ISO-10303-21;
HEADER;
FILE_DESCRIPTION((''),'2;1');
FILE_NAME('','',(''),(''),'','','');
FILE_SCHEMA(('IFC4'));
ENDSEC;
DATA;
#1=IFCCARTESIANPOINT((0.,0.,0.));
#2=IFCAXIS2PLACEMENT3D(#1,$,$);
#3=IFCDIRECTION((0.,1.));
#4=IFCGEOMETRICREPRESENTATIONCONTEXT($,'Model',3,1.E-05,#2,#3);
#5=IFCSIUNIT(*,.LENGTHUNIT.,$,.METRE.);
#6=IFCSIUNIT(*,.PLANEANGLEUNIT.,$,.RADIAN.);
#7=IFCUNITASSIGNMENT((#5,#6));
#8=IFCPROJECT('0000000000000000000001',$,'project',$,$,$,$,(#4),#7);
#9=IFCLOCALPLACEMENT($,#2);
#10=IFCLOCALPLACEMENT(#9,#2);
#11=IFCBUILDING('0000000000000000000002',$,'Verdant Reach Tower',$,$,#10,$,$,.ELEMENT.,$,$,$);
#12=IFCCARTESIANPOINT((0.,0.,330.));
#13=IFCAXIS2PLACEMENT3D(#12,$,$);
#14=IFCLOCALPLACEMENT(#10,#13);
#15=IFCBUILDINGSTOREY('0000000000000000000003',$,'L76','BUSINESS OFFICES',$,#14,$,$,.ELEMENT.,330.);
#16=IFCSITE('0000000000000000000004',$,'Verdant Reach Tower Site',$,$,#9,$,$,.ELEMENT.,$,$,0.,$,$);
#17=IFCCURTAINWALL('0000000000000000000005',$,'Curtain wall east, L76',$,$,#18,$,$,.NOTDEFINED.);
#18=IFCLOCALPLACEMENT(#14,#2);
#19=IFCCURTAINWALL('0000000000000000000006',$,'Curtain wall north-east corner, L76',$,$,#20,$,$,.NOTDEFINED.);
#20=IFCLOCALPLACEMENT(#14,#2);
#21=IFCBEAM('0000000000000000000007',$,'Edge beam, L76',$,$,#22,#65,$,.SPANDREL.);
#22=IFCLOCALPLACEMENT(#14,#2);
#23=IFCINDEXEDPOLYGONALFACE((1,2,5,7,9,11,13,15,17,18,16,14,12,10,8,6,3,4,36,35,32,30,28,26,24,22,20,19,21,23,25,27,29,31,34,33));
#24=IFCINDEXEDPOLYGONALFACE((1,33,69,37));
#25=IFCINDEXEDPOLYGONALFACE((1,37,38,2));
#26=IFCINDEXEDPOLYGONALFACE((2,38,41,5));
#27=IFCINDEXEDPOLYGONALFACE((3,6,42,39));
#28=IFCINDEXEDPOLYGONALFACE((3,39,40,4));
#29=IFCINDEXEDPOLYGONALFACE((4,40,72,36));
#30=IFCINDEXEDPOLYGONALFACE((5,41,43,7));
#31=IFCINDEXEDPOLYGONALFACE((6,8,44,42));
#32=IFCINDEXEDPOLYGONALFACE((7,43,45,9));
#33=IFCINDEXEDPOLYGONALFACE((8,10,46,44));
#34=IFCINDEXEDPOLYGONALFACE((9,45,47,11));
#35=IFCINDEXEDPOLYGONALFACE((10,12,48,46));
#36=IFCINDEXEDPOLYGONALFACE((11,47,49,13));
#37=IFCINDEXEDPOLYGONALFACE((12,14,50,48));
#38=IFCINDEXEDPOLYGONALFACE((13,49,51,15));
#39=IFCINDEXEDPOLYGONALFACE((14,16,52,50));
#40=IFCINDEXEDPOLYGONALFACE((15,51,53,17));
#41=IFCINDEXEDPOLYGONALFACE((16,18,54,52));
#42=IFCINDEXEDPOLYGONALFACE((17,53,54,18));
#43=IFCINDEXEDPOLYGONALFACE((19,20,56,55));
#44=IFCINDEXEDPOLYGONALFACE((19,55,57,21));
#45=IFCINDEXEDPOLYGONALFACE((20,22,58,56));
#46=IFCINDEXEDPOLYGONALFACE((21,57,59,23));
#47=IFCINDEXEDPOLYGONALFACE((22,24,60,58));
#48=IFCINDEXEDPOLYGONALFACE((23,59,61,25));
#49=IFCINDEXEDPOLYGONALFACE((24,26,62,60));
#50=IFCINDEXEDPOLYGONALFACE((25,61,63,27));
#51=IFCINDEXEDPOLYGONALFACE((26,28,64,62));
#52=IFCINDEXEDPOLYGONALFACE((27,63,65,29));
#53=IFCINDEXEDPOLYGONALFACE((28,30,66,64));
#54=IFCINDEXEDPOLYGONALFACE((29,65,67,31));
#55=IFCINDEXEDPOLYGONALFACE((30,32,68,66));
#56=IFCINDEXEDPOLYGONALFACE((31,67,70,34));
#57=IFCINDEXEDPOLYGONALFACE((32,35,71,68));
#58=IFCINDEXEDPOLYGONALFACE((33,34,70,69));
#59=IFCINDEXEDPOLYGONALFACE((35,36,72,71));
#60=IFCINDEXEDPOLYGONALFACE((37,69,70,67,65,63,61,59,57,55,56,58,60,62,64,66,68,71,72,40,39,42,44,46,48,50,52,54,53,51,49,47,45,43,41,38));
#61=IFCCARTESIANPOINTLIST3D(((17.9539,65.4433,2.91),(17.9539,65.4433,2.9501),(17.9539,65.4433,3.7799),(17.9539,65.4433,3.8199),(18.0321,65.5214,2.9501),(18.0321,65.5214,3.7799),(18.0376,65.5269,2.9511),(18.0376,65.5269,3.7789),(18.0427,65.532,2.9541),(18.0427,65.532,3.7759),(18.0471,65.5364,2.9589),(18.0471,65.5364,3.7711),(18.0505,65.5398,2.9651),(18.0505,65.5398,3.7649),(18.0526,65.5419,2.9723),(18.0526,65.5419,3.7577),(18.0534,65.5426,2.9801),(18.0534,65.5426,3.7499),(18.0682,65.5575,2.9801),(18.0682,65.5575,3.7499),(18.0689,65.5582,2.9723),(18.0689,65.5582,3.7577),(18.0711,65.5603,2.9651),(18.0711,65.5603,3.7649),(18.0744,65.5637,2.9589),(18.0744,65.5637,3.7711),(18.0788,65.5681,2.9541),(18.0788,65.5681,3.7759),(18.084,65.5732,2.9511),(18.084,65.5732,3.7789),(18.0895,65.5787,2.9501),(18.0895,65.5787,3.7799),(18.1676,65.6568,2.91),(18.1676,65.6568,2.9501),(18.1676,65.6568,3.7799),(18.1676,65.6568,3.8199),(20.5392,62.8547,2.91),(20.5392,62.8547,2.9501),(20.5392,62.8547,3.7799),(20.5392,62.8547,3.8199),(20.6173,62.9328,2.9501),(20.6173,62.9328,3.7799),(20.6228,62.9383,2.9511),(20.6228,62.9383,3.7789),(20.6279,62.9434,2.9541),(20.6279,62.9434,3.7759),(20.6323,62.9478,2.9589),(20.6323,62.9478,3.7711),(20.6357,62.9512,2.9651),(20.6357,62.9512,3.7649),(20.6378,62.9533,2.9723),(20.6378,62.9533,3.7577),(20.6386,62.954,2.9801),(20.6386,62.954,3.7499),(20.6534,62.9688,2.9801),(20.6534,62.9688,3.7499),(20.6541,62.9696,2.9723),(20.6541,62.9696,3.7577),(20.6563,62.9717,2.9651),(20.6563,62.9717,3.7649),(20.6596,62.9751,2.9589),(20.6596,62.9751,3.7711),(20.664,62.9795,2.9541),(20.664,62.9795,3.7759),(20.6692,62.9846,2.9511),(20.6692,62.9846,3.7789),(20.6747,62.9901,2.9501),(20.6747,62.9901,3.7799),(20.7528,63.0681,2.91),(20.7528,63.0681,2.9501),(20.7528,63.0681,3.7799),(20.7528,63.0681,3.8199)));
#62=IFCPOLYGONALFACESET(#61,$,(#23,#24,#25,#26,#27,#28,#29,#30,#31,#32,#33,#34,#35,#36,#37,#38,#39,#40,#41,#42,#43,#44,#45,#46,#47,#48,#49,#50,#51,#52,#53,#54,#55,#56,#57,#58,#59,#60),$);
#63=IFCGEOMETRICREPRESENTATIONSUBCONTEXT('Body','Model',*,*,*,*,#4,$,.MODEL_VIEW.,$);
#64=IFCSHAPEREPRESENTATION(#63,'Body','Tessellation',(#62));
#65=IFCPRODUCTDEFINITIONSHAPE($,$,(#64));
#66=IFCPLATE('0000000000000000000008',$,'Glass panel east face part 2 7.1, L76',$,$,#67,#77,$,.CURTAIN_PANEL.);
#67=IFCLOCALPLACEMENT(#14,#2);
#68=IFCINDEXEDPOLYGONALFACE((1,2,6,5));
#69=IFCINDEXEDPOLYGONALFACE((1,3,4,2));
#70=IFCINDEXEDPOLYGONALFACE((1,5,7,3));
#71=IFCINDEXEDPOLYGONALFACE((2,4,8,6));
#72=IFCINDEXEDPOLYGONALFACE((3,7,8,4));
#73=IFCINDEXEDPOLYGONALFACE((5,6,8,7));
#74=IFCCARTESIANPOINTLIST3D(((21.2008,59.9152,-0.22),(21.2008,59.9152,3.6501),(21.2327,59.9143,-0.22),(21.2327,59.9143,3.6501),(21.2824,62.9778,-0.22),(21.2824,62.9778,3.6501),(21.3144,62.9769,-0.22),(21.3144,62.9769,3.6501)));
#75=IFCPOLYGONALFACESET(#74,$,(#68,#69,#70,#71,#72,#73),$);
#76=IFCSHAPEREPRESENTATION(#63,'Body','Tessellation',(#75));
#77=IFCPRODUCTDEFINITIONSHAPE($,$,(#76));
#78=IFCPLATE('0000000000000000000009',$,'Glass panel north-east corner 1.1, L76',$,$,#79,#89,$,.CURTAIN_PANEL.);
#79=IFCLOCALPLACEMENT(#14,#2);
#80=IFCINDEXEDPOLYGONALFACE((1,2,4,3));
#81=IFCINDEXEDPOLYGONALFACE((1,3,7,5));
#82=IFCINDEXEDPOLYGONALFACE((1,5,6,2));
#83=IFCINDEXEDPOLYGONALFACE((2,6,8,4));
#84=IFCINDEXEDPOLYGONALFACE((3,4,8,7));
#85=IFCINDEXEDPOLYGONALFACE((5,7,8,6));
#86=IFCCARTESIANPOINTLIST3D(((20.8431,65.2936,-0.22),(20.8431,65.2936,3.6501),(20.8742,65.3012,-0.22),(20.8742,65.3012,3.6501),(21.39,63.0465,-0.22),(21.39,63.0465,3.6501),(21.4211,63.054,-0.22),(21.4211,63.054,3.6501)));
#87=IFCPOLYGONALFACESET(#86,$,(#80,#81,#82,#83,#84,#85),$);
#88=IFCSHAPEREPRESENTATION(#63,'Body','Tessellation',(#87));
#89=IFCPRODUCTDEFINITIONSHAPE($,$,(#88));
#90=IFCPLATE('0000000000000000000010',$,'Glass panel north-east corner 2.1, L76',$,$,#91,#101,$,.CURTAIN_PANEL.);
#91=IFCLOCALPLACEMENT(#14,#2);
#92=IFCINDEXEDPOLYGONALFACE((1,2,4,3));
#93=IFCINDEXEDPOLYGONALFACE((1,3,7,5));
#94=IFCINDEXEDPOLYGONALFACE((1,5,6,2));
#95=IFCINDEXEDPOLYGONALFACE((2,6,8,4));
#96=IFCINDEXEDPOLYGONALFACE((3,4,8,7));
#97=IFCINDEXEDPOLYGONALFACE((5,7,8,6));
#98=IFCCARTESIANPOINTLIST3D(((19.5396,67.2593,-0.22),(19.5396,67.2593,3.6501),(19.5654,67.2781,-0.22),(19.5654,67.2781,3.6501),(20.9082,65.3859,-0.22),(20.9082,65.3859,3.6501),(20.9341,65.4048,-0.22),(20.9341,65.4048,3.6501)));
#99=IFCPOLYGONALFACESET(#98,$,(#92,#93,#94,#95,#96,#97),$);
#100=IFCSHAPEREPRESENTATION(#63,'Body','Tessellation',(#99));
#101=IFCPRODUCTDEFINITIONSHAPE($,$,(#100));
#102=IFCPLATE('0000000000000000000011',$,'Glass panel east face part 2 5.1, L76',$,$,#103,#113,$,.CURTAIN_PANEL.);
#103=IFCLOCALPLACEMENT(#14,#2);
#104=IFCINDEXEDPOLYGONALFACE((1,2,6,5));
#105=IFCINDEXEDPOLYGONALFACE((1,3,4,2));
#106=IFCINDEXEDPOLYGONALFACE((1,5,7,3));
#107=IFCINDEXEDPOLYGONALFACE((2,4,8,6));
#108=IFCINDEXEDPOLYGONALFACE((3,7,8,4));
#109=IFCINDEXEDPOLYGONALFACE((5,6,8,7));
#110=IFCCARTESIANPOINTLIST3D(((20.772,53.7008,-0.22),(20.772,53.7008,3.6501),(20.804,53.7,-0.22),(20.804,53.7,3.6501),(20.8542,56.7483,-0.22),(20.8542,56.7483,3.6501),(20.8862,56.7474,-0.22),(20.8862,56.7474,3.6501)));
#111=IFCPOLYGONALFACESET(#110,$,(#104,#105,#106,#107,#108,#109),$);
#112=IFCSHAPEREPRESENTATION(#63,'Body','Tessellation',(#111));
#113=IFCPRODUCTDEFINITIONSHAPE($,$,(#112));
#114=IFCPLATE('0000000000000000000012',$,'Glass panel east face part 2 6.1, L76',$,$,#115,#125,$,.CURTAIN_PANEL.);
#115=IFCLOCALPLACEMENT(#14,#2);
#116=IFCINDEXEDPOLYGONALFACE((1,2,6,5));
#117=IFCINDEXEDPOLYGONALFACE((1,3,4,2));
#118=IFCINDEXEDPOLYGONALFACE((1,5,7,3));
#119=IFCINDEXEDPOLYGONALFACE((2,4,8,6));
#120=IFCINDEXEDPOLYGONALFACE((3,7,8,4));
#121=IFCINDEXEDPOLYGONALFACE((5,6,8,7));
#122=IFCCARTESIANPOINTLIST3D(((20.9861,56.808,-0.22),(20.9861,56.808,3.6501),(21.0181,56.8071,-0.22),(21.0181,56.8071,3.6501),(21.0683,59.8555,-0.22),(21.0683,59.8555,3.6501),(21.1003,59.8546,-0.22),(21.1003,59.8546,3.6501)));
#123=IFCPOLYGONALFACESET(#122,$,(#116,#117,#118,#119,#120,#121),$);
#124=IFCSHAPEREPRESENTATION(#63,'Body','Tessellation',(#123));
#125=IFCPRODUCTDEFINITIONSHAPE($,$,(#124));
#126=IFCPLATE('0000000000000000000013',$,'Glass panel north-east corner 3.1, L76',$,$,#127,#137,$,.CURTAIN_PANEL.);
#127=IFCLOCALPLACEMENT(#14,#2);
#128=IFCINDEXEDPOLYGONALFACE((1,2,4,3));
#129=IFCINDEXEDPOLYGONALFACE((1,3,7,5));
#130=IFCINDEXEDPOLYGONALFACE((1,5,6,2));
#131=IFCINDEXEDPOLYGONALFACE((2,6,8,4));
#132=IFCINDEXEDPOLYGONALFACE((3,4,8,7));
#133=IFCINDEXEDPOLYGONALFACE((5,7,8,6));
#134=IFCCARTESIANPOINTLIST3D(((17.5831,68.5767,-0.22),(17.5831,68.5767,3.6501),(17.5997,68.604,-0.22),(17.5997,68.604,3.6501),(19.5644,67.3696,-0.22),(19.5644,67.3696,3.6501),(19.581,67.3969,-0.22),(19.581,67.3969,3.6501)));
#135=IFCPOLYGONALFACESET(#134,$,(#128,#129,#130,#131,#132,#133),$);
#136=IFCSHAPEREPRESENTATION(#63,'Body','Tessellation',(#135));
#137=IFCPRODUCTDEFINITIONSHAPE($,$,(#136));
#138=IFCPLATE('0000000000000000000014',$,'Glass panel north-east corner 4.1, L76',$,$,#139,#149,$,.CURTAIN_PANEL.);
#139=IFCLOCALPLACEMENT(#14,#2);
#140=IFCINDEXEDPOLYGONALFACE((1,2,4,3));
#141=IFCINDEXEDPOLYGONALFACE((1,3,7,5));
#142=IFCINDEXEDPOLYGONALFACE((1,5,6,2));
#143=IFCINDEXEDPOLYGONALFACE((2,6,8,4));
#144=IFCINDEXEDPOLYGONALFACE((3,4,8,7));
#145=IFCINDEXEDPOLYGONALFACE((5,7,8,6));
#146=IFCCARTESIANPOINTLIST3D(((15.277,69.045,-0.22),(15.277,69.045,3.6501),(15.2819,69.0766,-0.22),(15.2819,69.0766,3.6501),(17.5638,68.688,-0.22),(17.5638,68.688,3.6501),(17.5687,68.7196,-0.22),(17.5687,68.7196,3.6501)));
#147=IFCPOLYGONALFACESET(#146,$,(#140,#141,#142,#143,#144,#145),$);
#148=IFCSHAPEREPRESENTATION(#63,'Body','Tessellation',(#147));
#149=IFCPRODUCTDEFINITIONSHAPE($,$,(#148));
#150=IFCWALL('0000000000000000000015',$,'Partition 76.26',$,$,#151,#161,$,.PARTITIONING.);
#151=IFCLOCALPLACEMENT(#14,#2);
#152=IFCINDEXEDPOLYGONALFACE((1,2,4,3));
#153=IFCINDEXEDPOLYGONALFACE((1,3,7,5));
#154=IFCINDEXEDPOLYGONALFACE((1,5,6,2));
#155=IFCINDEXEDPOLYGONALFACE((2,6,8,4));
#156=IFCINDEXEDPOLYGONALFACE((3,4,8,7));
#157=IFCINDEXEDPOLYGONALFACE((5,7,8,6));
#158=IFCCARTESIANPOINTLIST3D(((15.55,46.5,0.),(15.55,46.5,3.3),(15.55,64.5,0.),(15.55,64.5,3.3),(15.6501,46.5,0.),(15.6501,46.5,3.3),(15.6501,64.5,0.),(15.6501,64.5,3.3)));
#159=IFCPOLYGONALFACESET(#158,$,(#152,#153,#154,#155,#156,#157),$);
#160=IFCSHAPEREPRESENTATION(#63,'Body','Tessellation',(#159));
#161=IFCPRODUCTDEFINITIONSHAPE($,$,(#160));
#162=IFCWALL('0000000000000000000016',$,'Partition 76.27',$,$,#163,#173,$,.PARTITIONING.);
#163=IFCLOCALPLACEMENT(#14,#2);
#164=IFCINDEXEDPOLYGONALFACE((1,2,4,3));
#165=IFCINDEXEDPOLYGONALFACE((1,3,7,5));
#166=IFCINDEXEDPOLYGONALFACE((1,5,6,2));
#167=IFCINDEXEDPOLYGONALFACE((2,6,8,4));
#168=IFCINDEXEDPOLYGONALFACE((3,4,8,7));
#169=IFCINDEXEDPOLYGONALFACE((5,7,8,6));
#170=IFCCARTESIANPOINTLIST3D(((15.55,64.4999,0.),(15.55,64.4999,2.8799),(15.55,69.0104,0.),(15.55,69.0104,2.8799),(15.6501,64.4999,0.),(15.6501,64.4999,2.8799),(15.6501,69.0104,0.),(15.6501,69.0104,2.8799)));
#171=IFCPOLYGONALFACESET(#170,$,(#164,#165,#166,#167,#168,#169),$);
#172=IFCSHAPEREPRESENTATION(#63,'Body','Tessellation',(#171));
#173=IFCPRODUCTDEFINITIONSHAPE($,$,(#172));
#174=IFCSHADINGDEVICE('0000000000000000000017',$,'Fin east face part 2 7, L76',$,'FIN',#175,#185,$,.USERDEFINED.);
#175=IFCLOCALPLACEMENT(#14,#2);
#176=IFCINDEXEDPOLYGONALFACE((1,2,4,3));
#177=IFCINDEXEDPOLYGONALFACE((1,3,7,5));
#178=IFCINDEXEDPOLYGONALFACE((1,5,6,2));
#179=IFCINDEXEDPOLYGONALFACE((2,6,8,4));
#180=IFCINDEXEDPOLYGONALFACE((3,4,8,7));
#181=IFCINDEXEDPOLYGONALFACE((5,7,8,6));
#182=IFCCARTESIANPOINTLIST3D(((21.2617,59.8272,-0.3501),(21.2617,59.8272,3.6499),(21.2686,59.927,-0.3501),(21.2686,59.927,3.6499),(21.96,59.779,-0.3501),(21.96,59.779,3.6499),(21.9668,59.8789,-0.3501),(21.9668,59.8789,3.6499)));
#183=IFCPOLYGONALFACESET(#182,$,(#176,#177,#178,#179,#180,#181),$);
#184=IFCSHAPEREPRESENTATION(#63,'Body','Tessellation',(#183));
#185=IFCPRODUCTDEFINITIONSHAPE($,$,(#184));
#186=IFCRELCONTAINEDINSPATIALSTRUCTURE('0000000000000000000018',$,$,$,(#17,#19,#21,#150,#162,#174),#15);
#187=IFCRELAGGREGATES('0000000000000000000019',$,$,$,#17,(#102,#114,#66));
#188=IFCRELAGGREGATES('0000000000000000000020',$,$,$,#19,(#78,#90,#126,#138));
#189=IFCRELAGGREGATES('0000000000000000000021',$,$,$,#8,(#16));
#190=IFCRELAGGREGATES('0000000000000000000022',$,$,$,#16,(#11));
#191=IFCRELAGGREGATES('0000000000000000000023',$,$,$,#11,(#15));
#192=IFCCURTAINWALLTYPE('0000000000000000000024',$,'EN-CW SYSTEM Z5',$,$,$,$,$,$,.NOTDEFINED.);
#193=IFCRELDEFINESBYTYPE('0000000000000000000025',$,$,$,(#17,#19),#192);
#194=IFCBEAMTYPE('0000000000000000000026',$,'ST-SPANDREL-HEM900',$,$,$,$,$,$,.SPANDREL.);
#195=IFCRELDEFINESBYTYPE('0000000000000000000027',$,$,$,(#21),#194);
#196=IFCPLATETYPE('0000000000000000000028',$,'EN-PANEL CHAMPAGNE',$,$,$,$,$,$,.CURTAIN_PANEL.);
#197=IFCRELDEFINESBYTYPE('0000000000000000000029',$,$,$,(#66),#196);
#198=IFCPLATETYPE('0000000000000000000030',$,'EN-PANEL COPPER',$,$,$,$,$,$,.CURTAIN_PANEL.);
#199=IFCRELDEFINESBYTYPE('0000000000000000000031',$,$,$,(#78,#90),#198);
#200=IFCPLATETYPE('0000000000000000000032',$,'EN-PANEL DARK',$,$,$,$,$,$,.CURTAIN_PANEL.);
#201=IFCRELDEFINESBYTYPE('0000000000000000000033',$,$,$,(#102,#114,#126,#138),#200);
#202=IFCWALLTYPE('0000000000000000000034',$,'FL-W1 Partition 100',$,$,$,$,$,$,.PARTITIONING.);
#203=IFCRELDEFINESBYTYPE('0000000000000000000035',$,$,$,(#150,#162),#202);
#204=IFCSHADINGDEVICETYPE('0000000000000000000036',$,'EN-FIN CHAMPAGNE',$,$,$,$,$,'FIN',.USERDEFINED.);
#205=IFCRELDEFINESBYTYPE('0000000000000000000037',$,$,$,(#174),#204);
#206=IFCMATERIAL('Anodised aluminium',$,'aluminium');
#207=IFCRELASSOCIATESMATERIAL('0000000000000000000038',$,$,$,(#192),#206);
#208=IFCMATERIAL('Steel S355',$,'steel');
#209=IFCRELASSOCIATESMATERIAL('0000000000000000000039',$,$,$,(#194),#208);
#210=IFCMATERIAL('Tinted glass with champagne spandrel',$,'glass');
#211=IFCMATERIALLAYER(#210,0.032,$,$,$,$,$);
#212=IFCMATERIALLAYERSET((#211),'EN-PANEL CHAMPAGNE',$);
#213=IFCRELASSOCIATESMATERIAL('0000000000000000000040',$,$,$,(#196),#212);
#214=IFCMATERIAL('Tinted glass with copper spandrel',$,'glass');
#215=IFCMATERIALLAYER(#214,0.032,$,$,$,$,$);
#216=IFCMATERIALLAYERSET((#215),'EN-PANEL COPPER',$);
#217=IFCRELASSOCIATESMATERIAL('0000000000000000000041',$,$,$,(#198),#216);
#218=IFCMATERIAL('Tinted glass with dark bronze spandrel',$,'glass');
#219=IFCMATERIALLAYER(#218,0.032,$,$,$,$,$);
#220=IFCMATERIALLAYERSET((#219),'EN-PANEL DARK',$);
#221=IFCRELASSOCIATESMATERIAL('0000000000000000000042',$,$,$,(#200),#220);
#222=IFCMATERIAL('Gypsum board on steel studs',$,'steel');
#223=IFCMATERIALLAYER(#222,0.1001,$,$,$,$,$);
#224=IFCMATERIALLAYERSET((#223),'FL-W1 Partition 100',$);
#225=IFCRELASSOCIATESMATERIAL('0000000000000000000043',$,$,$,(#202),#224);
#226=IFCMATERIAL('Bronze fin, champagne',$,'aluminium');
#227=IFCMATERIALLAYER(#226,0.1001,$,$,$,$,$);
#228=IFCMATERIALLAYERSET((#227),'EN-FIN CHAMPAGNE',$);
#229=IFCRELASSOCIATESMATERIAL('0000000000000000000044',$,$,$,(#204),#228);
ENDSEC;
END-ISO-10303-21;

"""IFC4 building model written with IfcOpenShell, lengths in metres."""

from ifc_helpers import new_model, si_unit, direction, frame, frame_2d, origin, origin_2d, place, context, subcontext, project, spatial, rectangle, i_section, extrude, material, layer, layer_set, material_profile, profile_set, type_object, element, aggregate, save


model = new_model("IFC4")

# Units and contexts
model_context = context("Model", 3, precision=1e-05, world=origin(), true_north=direction((0.0, 1.0)))
body_context = subcontext(model_context, "Body", "Model", "MODEL_VIEW")
ifc_project = project(units=[si_unit("LENGTHUNIT", "METRE"), si_unit("PLANEANGLEUNIT", "RADIAN")], contexts=[model_context])

# Site, building, storey
site_placement = place(None, origin())
site = spatial("IfcSite", under=ifc_project, at=site_placement, Name="Verdant Reach Tower Site", CompositionType="ELEMENT", RefElevation=0.0)
building_placement = place(site_placement, origin())
building = spatial("IfcBuilding", under=site, at=building_placement, Name="Verdant Reach Tower", CompositionType="ELEMENT")
storey_placement = place(building_placement, frame((0.0, 0.0, 330.0)))
storey = spatial("IfcBuildingStorey", under=building, at=storey_placement, Name="L76", Description="BUSINESS OFFICES", CompositionType="ELEMENT", Elevation=330.0)

# Curtain walls
ifc_material_1 = material(Name="Anodised aluminium", Category="aluminium")
curtain_wall_type = type_object("IfcCurtainWallType", Name="EN-CW SYSTEM Z5", PredefinedType="NOTDEFINED", material=ifc_material_1)
curtain_wall_1_placement = place(storey_placement, origin())
curtain_wall_1 = element("IfcCurtainWall", 1, at=curtain_wall_1_placement, inside=storey, type_object=curtain_wall_type, Name="Curtain wall east, L76", PredefinedType="NOTDEFINED")
curtain_wall_2_placement = place(storey_placement, origin())
curtain_wall_2 = element("IfcCurtainWall", 2, at=curtain_wall_2_placement, inside=storey, type_object=curtain_wall_type, Name="Curtain wall north-east corner, L76", PredefinedType="NOTDEFINED")

# Beam
ifc_material_2 = material(Name="Steel S355", Category="steel")
ifc_material_profile_1 = material_profile(ifc_material_2, i_section(OverallWidth=0.302, OverallDepth=0.9099, WebThickness=0.021, FlangeThickness=0.04, FilletRadius=0.03, at=origin_2d()), Name="HEM 900")
ifc_profile_set_1 = profile_set([ifc_material_profile_1], Name="Steel S355")
beam_type_1 = type_object("IfcBeamType", Name="ST-SPANDREL-HEM900", PredefinedType="SPANDREL", material=ifc_profile_set_1)
beam_1_placement = place(storey_placement, frame((18.0608, 65.55, 3.365), z_axis=(0.706639, -0.707574, 0.0), x_axis=(0.707574, 0.706639, 0.0)))
element("IfcBeam", 3, at=beam_1_placement, inside=storey, type_object=beam_type_1, Name="Edge beam, L76", PredefinedType="SPANDREL", context=body_context, shape_type="SweptSolid", body=[
    extrude(i_section(OverallWidth=0.302, OverallDepth=0.9099, WebThickness=0.021, FlangeThickness=0.04, FilletRadius=0.03, at=origin_2d()), origin(), (0.0, 0.0, 1.0), 3.6584),
])

# Plates
ifc_material_3 = material(Name="Tinted glass with champagne spandrel", Category="glass")
ifc_layer_1 = layer(ifc_material_3, 0.032)
ifc_layer_set_1 = layer_set([ifc_layer_1], Name="EN-PANEL CHAMPAGNE")
plate_type_1 = type_object("IfcPlateType", Name="EN-PANEL CHAMPAGNE", PredefinedType="CURTAIN_PANEL", material=ifc_layer_set_1)
plate_1_placement = place(storey_placement, frame((21.2576, 61.446, -0.22), z_axis=(0.0, 0.0, 1.0), x_axis=(0.026643, 0.999645, 0.0)))
plate_1 = element("IfcPlate", 4, at=plate_1_placement, type_object=plate_type_1, Name="Glass panel east face part 2 7.1, L76", PredefinedType="CURTAIN_PANEL", context=body_context, shape_type="SweptSolid", body=[
    extrude(rectangle(XDim=3.0637, YDim=0.032, at=origin_2d()), origin(), (0.0, 0.0, 1.0), 3.8701),
])
ifc_material_4 = material(Name="Tinted glass with copper spandrel", Category="glass")
ifc_layer_2 = layer(ifc_material_4, 0.032)
ifc_layer_set_2 = layer_set([ifc_layer_2], Name="EN-PANEL COPPER")
plate_type_2 = type_object("IfcPlateType", Name="EN-PANEL COPPER", PredefinedType="CURTAIN_PANEL", material=ifc_layer_set_2)
plate_2_placement = place(storey_placement, frame((21.1321, 64.1738, -0.22), z_axis=(0.0, 0.0, 1.0), x_axis=(-0.236471, 0.971638, 0.0)))
plate_2 = element("IfcPlate", 5, at=plate_2_placement, type_object=plate_type_2, Name="Glass panel north-east corner 1.1, L76", PredefinedType="CURTAIN_PANEL", context=body_context, shape_type="SweptSolid", body=[
    extrude(rectangle(XDim=2.3127, YDim=0.032, at=origin_2d()), origin(), (0.0, 0.0, 1.0), 3.8701),
])
plate_3_placement = place(storey_placement, frame((20.2368, 66.332, -0.22), z_axis=(0.0, 0.0, 1.0), x_axis=(-0.589927, 0.807457, 0.0)))
plate_3 = element("IfcPlate", 6, at=plate_3_placement, type_object=plate_type_2, Name="Glass panel north-east corner 2.1, L76", PredefinedType="CURTAIN_PANEL", context=body_context, shape_type="SweptSolid", body=[
    extrude(rectangle(XDim=2.3201, YDim=0.032, at=origin_2d()), origin(), (0.0, 0.0, 1.0), 3.8701),
])
ifc_material_5 = material(Name="Tinted glass with dark bronze spandrel", Category="glass")
ifc_layer_3 = layer(ifc_material_5, 0.032)
ifc_layer_set_3 = layer_set([ifc_layer_3], Name="EN-PANEL DARK")
plate_type_3 = type_object("IfcPlateType", Name="EN-PANEL DARK", PredefinedType="CURTAIN_PANEL", material=ifc_layer_set_3)
plate_4_placement = place(storey_placement, frame((20.8291, 55.2241, -0.22), z_axis=(0.0, 0.0, 1.0), x_axis=(0.026965, 0.999636, 0.0)))
plate_4 = element("IfcPlate", 7, at=plate_4_placement, type_object=plate_type_3, Name="Glass panel east face part 2 5.1, L76", PredefinedType="CURTAIN_PANEL", context=body_context, shape_type="SweptSolid", body=[
    extrude(rectangle(XDim=3.0486, YDim=0.032, at=origin_2d()), origin(), (0.0, 0.0, 1.0), 3.8701),
])
plate_5_placement = place(storey_placement, frame((21.0432, 58.3313, -0.22), z_axis=(0.0, 0.0, 1.0), x_axis=(0.026965, 0.999636, 0.0)))
plate_5 = element("IfcPlate", 8, at=plate_5_placement, type_object=plate_type_3, Name="Glass panel east face part 2 6.1, L76", PredefinedType="CURTAIN_PANEL", context=body_context, shape_type="SweptSolid", body=[
    extrude(rectangle(XDim=3.0486, YDim=0.032, at=origin_2d()), origin(), (0.0, 0.0, 1.0), 3.8701),
])
aggregate(curtain_wall_1, [plate_4, plate_5, plate_1])
plate_6_placement = place(storey_placement, frame((18.582, 67.9868, -0.22), z_axis=(0.0, 0.0, 1.0), x_axis=(-0.853989, 0.520292, 0.0)))
plate_6 = element("IfcPlate", 9, at=plate_6_placement, type_object=plate_type_3, Name="Glass panel north-east corner 3.1, L76", PredefinedType="CURTAIN_PANEL", context=body_context, shape_type="SweptSolid", body=[
    extrude(rectangle(XDim=2.3201, YDim=0.032, at=origin_2d()), origin(), (0.0, 0.0, 1.0), 3.8701),
])
plate_7_placement = place(storey_placement, frame((16.4229, 68.8823, -0.22), z_axis=(0.0, 0.0, 1.0), x_axis=(-0.988033, 0.15424, 0.0)))
plate_7 = element("IfcPlate", 10, at=plate_7_placement, type_object=plate_type_3, Name="Glass panel north-east corner 4.1, L76", PredefinedType="CURTAIN_PANEL", context=body_context, shape_type="SweptSolid", body=[
    extrude(rectangle(XDim=2.3145, YDim=0.032, at=origin_2d()), origin(), (0.0, 0.0, 1.0), 3.8701),
])
aggregate(curtain_wall_2, [plate_2, plate_3, plate_6, plate_7])

# Walls
ifc_material_6 = material(Name="Gypsum board on steel studs", Category="steel")
ifc_layer_4 = layer(ifc_material_6, 0.1001)
ifc_layer_set_4 = layer_set([ifc_layer_4], Name="FL-W1 Partition 100")
wall_type = type_object("IfcWallType", Name="FL-W1 Partition 100", PredefinedType="PARTITIONING", material=ifc_layer_set_4)
wall_1_placement = place(storey_placement, frame((15.6001, 64.5, 0.0), z_axis=(0.0, 0.0, 1.0), x_axis=(0.0, -1.0, 0.0)))
element("IfcWall", 11, at=wall_1_placement, inside=storey, type_object=wall_type, Name="Partition 76.26", PredefinedType="PARTITIONING", context=body_context, shape_type="SweptSolid", body=[
    extrude(rectangle(XDim=18.0, YDim=0.1001, at=frame_2d((9.0, 0.0))), origin(), (0.0, 0.0, 1.0), 3.3),
])
wall_2_placement = place(storey_placement, frame((15.6001, 69.0105, 0.0), z_axis=(0.0, 0.0, 1.0), x_axis=(0.0, -1.0, 0.0)))
element("IfcWall", 12, at=wall_2_placement, inside=storey, type_object=wall_type, Name="Partition 76.27", PredefinedType="PARTITIONING", context=body_context, shape_type="SweptSolid", body=[
    extrude(rectangle(XDim=4.5105, YDim=0.1001, at=frame_2d((2.2554, 0.0))), origin(), (0.0, 0.0, 1.0), 2.8799),
])

# Shading device
ifc_material_7 = material(Name="Bronze fin, champagne", Category="aluminium")
ifc_layer_5 = layer(ifc_material_7, 0.1001)
ifc_layer_set_5 = layer_set([ifc_layer_5], Name="EN-FIN CHAMPAGNE")
shading_device_type_1 = type_object("IfcShadingDeviceType", Name="EN-FIN CHAMPAGNE", ElementType="FIN", PredefinedType="USERDEFINED", material=ifc_layer_set_5)
shading_device_1_placement = place(storey_placement, frame((21.6143, 59.853, -0.3501), z_axis=(0.0, 0.0, 1.0), x_axis=(0.068802, 0.99763, 0.0)))
element("IfcShadingDevice", 13, at=shading_device_1_placement, inside=storey, type_object=shading_device_type_1, Name="Fin east face part 2 7, L76", ObjectType="FIN", PredefinedType="USERDEFINED", context=body_context, shape_type="SweptSolid", body=[
    extrude(rectangle(XDim=0.1001, YDim=0.7, at=origin_2d()), origin(), (0.0, 0.0, 1.0), 4.0),
])

save(model, "model.ifc")
